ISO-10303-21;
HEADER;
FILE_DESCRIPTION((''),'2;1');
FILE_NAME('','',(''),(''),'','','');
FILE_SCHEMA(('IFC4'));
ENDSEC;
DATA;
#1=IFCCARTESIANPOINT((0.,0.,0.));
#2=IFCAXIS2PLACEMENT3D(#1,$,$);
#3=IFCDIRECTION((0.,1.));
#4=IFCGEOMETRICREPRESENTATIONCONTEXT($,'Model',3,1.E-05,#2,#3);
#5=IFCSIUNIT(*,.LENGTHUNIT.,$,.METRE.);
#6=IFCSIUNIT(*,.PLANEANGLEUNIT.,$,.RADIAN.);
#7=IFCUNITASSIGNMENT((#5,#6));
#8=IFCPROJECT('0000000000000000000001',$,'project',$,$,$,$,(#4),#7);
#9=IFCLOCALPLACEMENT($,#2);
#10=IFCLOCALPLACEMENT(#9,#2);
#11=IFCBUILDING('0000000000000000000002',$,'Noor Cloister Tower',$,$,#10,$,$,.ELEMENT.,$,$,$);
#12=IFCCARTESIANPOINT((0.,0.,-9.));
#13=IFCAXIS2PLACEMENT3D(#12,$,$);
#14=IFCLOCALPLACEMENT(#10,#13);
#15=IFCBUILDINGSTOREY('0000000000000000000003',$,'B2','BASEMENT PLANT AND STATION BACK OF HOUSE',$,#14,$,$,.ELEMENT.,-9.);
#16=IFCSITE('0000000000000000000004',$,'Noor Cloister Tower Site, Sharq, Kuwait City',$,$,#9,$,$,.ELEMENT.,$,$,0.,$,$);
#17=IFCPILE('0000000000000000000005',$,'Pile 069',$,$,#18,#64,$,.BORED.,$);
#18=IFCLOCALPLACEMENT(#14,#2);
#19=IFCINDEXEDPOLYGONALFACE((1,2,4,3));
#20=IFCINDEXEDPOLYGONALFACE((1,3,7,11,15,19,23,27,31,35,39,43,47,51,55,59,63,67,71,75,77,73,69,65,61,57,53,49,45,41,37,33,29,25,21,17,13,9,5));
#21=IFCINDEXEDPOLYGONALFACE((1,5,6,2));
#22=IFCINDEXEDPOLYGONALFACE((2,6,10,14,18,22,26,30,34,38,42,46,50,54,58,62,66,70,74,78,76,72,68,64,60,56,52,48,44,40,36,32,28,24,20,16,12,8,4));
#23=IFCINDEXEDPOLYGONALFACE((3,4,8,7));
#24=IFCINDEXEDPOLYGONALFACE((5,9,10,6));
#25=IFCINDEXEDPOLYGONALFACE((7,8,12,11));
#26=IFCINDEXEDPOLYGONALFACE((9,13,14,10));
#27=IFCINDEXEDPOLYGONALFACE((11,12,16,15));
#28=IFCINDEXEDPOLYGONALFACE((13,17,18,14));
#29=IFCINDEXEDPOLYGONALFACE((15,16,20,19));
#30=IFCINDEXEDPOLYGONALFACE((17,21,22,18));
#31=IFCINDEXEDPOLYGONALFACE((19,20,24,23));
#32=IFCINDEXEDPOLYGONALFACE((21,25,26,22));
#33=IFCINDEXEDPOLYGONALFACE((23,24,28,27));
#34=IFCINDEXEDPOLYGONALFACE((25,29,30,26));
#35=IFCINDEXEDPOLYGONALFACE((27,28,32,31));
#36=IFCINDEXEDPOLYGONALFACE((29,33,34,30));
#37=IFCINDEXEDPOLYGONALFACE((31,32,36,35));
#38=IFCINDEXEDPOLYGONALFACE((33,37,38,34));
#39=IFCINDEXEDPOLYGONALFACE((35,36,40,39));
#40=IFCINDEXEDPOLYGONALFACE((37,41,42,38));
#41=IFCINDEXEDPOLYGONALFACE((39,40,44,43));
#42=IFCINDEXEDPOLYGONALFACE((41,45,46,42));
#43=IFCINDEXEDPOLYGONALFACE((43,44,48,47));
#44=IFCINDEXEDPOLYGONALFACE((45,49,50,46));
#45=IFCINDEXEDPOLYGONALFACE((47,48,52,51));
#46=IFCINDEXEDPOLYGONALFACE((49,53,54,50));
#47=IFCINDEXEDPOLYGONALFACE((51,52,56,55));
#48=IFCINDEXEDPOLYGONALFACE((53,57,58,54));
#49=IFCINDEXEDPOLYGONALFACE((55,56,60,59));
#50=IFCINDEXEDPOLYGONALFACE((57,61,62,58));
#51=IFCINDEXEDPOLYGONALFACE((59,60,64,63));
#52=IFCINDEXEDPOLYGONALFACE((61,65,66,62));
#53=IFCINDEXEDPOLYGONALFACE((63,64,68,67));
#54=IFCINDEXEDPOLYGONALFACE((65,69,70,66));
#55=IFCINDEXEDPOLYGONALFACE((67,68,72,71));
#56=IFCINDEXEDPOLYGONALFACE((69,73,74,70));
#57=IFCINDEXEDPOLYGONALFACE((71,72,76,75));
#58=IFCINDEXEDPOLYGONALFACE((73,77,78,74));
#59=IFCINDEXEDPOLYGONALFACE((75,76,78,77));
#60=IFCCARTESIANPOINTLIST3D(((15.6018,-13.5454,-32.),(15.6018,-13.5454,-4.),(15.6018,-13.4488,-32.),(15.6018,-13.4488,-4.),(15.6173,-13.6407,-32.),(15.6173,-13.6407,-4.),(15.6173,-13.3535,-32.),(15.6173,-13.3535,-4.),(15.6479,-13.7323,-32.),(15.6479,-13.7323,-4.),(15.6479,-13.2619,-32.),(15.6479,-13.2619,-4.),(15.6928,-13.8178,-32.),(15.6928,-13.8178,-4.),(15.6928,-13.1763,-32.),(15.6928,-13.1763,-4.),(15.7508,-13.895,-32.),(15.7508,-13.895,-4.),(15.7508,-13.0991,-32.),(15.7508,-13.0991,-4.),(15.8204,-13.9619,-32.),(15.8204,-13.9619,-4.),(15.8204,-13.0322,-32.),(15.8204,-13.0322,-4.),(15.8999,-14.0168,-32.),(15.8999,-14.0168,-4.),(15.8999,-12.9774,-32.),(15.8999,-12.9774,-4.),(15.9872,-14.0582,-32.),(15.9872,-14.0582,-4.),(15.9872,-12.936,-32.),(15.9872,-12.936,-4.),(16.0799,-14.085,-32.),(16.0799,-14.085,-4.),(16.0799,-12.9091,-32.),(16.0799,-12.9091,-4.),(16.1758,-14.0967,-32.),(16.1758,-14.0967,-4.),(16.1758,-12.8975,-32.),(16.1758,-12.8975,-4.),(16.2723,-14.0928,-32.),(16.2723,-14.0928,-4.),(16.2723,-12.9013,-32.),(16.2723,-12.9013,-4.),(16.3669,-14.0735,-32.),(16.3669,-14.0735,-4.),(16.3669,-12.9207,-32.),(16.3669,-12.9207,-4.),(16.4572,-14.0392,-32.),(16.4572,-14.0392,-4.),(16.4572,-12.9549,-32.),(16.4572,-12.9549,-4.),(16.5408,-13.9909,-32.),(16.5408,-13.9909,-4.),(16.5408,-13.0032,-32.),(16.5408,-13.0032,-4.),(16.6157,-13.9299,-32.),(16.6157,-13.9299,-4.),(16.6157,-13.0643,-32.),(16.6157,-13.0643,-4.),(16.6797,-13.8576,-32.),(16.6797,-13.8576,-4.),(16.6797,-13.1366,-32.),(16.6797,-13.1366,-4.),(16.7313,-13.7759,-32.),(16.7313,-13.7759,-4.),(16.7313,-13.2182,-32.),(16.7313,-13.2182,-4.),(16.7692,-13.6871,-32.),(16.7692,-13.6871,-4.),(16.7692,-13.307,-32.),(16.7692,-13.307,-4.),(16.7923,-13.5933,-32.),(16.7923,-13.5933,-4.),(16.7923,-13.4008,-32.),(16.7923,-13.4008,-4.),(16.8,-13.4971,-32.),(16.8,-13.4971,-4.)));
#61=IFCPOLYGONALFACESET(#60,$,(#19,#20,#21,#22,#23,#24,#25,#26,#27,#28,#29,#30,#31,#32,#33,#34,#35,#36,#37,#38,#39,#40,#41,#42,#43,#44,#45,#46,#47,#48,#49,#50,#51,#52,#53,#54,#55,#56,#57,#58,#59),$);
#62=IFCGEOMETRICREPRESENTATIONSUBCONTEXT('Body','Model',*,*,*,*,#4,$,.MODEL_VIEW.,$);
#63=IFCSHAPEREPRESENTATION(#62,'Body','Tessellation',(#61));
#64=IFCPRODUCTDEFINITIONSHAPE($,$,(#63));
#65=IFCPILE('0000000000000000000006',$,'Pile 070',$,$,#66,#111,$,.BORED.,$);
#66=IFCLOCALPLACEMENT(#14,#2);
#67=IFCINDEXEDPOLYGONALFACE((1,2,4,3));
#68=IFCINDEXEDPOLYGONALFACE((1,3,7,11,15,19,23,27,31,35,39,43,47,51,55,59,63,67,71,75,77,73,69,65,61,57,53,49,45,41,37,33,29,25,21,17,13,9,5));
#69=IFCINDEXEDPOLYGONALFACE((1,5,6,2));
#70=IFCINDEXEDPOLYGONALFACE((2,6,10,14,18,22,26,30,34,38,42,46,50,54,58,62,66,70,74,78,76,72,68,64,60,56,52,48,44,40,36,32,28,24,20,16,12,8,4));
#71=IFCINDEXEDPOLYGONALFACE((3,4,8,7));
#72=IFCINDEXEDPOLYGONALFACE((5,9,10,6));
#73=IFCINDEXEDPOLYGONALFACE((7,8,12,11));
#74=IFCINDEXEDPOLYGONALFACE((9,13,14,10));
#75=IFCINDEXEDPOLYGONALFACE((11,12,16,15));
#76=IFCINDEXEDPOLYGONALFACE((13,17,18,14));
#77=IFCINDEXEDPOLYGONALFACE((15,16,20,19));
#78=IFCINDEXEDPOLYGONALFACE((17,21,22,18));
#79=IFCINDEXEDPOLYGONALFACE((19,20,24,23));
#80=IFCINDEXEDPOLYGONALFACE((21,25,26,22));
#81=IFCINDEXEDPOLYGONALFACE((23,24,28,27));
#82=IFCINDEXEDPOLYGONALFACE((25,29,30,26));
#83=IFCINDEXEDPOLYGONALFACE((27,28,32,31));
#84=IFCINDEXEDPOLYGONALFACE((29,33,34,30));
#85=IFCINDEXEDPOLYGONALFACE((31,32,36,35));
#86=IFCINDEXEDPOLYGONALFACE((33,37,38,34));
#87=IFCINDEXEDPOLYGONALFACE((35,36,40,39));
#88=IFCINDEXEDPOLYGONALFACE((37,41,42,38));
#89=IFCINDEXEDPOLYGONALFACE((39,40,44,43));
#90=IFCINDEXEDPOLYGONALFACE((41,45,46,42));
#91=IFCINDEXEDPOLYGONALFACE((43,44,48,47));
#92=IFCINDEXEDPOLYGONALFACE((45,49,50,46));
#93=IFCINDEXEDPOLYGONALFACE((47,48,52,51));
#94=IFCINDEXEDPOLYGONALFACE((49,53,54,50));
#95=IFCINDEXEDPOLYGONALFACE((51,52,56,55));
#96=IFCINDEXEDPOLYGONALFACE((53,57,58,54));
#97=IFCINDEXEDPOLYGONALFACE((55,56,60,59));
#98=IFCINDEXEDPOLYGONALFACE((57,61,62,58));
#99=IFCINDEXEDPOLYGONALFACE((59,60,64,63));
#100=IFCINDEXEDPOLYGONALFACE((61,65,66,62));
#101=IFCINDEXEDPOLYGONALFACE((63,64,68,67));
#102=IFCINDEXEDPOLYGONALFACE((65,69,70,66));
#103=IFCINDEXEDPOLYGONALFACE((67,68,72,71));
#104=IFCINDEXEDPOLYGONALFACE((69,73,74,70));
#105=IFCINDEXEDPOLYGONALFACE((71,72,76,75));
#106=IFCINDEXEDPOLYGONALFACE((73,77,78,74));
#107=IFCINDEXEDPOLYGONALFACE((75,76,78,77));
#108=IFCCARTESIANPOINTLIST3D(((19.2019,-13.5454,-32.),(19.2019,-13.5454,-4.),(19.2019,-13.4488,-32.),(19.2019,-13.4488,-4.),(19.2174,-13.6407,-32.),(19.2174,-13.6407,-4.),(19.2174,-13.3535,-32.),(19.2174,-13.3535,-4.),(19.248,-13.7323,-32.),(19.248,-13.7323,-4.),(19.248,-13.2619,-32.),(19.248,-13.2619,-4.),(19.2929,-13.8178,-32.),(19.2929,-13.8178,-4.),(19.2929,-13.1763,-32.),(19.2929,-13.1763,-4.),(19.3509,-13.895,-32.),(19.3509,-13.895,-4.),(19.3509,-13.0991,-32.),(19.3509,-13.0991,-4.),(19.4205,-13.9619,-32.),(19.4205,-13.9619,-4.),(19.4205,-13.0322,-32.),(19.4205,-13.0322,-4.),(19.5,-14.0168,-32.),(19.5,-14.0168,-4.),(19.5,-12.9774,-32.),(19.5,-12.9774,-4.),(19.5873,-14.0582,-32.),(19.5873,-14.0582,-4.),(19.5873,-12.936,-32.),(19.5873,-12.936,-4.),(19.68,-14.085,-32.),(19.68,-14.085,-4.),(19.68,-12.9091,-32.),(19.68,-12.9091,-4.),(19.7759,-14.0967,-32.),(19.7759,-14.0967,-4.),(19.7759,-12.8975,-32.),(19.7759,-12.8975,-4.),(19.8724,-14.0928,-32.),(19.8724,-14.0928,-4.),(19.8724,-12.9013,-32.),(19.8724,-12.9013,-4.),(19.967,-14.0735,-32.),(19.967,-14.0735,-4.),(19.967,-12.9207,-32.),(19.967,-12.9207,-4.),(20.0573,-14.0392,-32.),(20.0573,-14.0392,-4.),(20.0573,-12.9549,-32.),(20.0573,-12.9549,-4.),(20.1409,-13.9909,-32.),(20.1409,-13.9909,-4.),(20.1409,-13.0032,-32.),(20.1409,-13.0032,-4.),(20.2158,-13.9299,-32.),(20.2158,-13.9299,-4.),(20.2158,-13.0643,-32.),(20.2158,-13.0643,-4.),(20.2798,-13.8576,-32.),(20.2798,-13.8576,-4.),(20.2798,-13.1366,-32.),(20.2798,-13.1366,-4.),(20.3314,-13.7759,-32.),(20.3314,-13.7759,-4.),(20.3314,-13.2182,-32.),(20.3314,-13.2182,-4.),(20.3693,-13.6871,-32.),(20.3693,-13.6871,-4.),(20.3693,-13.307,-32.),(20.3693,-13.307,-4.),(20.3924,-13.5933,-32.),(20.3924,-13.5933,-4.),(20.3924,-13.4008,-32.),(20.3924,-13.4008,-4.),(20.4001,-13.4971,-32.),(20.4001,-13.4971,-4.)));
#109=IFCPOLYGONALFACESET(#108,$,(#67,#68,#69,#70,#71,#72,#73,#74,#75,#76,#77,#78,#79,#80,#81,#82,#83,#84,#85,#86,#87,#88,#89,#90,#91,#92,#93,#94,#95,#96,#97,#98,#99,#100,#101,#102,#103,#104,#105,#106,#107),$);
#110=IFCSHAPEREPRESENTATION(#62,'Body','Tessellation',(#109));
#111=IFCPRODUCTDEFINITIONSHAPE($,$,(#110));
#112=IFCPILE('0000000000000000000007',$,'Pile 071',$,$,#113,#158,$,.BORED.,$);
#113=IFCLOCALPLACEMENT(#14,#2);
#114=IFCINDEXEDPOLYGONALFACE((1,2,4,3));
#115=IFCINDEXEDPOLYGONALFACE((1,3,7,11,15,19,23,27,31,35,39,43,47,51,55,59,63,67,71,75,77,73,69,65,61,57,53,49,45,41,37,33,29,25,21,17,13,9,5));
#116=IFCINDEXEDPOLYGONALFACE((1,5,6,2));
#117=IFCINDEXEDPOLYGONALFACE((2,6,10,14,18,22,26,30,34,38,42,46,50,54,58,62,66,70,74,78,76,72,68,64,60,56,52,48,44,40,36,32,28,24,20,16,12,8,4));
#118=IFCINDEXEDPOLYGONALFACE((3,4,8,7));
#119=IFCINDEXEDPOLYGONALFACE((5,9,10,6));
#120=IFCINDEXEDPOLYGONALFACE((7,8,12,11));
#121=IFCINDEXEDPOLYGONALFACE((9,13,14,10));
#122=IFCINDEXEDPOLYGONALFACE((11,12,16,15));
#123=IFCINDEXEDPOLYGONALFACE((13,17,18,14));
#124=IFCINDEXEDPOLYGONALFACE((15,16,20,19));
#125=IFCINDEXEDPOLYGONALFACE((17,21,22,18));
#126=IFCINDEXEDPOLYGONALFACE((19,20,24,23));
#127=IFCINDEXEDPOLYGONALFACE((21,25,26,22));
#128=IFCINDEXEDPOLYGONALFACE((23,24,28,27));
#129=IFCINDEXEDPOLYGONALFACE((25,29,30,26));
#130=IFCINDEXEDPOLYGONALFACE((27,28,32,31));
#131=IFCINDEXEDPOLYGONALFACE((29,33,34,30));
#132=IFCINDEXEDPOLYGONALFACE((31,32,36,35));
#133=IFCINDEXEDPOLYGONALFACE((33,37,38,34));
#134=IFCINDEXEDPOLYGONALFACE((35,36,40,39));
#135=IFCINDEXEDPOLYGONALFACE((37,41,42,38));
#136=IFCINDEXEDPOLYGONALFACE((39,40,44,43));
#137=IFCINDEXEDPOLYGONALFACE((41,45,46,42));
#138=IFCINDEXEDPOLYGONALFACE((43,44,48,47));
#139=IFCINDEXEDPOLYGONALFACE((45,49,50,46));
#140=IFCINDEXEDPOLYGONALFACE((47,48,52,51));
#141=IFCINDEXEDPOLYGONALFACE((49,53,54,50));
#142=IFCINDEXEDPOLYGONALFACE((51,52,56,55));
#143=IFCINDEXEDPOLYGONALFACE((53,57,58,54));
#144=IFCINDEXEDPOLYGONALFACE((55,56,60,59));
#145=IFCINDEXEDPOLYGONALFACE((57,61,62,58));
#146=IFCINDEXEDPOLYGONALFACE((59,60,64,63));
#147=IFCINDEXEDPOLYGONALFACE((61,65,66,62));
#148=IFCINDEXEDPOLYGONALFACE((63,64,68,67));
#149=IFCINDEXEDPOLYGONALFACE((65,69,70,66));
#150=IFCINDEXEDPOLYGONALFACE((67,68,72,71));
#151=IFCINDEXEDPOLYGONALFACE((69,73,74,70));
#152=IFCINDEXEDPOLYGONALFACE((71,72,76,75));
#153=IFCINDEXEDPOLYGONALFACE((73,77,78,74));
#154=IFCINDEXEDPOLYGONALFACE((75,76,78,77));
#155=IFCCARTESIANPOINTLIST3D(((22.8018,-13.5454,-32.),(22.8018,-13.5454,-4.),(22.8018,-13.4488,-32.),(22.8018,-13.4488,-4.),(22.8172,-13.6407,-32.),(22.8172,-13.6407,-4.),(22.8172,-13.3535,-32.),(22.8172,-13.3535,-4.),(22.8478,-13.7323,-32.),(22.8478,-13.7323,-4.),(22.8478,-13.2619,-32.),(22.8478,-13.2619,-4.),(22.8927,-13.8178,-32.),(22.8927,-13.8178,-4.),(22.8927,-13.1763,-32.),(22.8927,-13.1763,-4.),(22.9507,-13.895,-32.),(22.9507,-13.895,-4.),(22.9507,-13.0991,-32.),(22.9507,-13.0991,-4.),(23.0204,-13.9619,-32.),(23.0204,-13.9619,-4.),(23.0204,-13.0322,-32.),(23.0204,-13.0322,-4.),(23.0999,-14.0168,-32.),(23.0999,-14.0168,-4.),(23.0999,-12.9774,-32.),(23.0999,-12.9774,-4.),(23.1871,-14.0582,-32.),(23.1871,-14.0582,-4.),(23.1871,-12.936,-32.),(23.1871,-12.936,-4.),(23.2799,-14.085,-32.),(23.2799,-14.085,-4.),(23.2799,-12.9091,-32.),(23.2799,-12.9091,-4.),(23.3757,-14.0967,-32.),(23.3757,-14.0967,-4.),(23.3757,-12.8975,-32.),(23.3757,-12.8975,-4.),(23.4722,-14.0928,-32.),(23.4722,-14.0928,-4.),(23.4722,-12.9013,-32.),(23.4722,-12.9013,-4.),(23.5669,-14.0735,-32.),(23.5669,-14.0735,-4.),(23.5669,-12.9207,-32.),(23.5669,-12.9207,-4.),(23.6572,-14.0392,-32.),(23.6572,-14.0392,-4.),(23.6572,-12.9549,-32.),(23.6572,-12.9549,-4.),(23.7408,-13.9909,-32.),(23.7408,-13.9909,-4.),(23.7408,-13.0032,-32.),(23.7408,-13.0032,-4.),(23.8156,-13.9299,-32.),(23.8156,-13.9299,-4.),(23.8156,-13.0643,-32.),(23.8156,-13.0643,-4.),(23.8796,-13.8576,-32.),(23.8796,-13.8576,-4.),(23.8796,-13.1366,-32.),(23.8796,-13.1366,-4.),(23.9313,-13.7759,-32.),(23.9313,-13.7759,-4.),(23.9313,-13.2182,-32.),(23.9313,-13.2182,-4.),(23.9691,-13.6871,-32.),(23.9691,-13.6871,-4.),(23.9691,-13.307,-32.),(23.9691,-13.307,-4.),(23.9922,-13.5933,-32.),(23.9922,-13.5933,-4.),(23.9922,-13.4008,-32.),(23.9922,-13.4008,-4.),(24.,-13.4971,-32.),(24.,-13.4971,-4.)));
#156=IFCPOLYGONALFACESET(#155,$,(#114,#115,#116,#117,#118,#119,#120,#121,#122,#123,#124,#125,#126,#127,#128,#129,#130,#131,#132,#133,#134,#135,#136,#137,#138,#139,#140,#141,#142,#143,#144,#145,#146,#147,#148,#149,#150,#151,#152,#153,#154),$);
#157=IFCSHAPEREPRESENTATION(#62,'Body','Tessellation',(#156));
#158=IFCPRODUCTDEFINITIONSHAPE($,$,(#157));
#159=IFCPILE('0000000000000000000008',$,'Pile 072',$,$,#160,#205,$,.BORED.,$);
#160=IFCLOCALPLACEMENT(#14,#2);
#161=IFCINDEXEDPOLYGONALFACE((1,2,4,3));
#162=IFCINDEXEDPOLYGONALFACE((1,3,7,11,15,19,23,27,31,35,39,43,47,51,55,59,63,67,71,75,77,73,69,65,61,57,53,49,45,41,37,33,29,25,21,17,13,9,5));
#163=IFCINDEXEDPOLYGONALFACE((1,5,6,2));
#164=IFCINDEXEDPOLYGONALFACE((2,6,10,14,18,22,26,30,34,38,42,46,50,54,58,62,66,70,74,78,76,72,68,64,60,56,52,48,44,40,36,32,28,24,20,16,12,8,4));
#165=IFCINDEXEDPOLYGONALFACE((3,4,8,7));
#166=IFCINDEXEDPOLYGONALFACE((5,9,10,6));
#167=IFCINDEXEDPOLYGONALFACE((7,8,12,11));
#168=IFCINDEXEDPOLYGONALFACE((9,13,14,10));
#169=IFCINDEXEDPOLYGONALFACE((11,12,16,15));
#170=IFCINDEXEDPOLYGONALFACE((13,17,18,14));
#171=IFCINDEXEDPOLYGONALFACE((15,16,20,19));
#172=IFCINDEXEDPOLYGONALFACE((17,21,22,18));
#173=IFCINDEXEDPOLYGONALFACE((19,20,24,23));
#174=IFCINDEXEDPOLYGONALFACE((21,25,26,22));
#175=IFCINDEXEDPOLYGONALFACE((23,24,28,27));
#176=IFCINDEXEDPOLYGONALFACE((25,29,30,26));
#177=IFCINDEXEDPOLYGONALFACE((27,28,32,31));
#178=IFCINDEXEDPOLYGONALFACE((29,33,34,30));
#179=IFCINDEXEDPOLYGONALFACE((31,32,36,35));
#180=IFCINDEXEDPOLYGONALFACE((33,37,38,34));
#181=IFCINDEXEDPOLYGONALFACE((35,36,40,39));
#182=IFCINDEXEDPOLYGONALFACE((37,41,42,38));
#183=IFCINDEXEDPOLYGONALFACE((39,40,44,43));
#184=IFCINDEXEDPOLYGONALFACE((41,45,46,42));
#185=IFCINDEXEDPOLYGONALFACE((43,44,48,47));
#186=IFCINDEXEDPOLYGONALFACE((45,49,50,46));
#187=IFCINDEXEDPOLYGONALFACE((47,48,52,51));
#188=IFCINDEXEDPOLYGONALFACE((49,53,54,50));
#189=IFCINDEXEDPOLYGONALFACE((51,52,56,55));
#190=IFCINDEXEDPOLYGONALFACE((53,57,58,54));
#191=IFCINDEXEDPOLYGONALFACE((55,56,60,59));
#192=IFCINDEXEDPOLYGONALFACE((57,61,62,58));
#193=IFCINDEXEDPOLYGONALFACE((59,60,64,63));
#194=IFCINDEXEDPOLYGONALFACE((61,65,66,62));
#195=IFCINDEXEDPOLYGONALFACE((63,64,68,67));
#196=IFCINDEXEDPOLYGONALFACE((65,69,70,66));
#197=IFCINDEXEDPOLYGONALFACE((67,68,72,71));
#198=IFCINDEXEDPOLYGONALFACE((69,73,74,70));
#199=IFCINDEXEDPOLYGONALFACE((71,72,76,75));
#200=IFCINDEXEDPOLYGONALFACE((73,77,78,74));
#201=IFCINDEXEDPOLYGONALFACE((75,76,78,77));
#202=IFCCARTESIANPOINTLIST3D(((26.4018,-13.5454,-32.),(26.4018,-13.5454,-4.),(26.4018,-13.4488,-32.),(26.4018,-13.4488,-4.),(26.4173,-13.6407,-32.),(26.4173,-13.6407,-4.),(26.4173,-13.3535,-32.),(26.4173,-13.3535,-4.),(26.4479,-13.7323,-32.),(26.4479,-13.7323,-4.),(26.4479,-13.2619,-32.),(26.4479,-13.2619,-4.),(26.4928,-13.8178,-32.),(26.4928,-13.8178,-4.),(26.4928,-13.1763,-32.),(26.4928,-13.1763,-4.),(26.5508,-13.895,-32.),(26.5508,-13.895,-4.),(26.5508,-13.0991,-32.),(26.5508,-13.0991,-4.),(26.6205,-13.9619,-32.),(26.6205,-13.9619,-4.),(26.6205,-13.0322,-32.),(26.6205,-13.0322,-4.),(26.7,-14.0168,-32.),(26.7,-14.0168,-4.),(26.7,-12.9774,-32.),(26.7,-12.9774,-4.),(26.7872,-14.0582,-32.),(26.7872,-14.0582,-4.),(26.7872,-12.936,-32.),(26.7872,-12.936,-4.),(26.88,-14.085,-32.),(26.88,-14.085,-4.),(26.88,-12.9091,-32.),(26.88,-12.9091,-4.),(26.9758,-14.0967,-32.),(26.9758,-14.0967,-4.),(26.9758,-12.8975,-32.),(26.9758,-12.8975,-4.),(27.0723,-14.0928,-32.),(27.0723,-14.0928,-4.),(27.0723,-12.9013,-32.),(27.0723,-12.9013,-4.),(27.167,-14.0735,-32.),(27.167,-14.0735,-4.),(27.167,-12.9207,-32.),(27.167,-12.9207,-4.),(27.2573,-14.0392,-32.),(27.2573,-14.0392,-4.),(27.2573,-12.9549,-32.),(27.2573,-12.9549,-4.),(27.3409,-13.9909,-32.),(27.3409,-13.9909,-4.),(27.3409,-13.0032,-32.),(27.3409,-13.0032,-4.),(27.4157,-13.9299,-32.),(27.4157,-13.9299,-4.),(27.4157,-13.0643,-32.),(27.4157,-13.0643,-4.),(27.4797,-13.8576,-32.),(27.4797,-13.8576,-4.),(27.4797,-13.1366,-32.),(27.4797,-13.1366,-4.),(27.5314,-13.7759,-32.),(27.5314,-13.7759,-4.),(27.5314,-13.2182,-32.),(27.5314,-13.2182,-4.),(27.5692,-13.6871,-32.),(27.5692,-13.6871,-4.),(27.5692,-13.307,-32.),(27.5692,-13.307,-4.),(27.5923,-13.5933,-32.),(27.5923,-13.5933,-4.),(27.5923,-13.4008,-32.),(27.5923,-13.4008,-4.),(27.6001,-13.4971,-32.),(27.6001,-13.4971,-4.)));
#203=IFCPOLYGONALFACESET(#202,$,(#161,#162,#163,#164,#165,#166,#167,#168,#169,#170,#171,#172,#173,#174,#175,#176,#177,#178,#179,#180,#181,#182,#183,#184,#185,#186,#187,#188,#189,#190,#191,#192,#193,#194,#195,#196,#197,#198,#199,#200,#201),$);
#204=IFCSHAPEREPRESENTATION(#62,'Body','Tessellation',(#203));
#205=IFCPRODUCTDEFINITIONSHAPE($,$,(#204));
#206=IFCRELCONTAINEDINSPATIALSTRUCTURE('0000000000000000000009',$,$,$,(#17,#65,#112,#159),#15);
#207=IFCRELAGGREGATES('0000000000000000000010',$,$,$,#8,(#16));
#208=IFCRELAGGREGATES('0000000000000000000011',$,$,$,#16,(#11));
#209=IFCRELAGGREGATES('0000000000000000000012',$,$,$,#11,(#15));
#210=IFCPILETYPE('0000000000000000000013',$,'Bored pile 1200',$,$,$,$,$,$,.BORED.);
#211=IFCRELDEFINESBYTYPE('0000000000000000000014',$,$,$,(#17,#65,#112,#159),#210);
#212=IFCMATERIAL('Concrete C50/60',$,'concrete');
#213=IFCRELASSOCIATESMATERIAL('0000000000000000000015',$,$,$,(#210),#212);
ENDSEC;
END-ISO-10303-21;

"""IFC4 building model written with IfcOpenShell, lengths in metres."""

from ifc_helpers import new_model, si_unit, direction, frame, origin, origin_2d, place, context, subcontext, project, spatial, circle, extrude, material, material_profile, profile_set, type_object, element, save


model = new_model("IFC4")

# Units and contexts
model_context = context("Model", 3, precision=1e-05, world=origin(), true_north=direction((0.0, 1.0)))
body_context = subcontext(model_context, "Body", "Model", "MODEL_VIEW")
ifc_project = project(units=[si_unit("LENGTHUNIT", "METRE"), si_unit("PLANEANGLEUNIT", "RADIAN")], contexts=[model_context])

# Site, building, storey
site_placement = place(None, origin())
site = spatial("IfcSite", under=ifc_project, at=site_placement, Name="Noor Cloister Tower Site, Sharq, Kuwait City", CompositionType="ELEMENT", RefElevation=0.0)
building_placement = place(site_placement, origin())
building = spatial("IfcBuilding", under=site, at=building_placement, Name="Noor Cloister Tower", CompositionType="ELEMENT")
storey_placement = place(building_placement, frame((0.0, 0.0, -9.0)))
storey = spatial("IfcBuildingStorey", under=building, at=storey_placement, Name="B2", Description="BASEMENT PLANT AND STATION BACK OF HOUSE", CompositionType="ELEMENT", Elevation=-9.0)

# Piles
ifc_material_1 = material(Name="Concrete C50/60", Category="concrete")
ifc_material_profile_1 = material_profile(ifc_material_1, circle(Radius=0.6001, at=origin_2d()), Name="Bored pile 1200")
ifc_profile_set_1 = profile_set([ifc_material_profile_1], Name="Concrete C50/60")
pile_type = type_object("IfcPileType", Name="Bored pile 1200", PredefinedType="BORED", material=ifc_profile_set_1)
for number, where, z_axis, x_axis, name in (
    (1, (16.2, -13.4971, -4.0), (0.0, 0.0, -1.0), (1.0, 0.0, 0.0), "Pile 069"),
    (2, (19.8, -13.4971, -4.0), (0.0, 0.0, -1.0), (1.0, 0.0, 0.0), "Pile 070"),
    (3, (23.3999, -13.4971, -4.0), (0.0, 0.0, -1.0), (1.0, 0.0, 0.0), "Pile 071"),
    (4, (27.0, -13.4971, -4.0), (0.0, 0.0, -1.0), (1.0, 0.0, 0.0), "Pile 072"),
):
    element("IfcPile", number, at=place(storey_placement, frame(where, z_axis=z_axis, x_axis=x_axis)), inside=storey, type_object=pile_type, Name=name, PredefinedType="BORED", context=body_context, shape_type="SweptSolid", body=[
        extrude(circle(Radius=0.6001, at=origin_2d()), origin(), (0.0, 0.0, 1.0), 28.0),
    ])

save(model, "model.ifc")
